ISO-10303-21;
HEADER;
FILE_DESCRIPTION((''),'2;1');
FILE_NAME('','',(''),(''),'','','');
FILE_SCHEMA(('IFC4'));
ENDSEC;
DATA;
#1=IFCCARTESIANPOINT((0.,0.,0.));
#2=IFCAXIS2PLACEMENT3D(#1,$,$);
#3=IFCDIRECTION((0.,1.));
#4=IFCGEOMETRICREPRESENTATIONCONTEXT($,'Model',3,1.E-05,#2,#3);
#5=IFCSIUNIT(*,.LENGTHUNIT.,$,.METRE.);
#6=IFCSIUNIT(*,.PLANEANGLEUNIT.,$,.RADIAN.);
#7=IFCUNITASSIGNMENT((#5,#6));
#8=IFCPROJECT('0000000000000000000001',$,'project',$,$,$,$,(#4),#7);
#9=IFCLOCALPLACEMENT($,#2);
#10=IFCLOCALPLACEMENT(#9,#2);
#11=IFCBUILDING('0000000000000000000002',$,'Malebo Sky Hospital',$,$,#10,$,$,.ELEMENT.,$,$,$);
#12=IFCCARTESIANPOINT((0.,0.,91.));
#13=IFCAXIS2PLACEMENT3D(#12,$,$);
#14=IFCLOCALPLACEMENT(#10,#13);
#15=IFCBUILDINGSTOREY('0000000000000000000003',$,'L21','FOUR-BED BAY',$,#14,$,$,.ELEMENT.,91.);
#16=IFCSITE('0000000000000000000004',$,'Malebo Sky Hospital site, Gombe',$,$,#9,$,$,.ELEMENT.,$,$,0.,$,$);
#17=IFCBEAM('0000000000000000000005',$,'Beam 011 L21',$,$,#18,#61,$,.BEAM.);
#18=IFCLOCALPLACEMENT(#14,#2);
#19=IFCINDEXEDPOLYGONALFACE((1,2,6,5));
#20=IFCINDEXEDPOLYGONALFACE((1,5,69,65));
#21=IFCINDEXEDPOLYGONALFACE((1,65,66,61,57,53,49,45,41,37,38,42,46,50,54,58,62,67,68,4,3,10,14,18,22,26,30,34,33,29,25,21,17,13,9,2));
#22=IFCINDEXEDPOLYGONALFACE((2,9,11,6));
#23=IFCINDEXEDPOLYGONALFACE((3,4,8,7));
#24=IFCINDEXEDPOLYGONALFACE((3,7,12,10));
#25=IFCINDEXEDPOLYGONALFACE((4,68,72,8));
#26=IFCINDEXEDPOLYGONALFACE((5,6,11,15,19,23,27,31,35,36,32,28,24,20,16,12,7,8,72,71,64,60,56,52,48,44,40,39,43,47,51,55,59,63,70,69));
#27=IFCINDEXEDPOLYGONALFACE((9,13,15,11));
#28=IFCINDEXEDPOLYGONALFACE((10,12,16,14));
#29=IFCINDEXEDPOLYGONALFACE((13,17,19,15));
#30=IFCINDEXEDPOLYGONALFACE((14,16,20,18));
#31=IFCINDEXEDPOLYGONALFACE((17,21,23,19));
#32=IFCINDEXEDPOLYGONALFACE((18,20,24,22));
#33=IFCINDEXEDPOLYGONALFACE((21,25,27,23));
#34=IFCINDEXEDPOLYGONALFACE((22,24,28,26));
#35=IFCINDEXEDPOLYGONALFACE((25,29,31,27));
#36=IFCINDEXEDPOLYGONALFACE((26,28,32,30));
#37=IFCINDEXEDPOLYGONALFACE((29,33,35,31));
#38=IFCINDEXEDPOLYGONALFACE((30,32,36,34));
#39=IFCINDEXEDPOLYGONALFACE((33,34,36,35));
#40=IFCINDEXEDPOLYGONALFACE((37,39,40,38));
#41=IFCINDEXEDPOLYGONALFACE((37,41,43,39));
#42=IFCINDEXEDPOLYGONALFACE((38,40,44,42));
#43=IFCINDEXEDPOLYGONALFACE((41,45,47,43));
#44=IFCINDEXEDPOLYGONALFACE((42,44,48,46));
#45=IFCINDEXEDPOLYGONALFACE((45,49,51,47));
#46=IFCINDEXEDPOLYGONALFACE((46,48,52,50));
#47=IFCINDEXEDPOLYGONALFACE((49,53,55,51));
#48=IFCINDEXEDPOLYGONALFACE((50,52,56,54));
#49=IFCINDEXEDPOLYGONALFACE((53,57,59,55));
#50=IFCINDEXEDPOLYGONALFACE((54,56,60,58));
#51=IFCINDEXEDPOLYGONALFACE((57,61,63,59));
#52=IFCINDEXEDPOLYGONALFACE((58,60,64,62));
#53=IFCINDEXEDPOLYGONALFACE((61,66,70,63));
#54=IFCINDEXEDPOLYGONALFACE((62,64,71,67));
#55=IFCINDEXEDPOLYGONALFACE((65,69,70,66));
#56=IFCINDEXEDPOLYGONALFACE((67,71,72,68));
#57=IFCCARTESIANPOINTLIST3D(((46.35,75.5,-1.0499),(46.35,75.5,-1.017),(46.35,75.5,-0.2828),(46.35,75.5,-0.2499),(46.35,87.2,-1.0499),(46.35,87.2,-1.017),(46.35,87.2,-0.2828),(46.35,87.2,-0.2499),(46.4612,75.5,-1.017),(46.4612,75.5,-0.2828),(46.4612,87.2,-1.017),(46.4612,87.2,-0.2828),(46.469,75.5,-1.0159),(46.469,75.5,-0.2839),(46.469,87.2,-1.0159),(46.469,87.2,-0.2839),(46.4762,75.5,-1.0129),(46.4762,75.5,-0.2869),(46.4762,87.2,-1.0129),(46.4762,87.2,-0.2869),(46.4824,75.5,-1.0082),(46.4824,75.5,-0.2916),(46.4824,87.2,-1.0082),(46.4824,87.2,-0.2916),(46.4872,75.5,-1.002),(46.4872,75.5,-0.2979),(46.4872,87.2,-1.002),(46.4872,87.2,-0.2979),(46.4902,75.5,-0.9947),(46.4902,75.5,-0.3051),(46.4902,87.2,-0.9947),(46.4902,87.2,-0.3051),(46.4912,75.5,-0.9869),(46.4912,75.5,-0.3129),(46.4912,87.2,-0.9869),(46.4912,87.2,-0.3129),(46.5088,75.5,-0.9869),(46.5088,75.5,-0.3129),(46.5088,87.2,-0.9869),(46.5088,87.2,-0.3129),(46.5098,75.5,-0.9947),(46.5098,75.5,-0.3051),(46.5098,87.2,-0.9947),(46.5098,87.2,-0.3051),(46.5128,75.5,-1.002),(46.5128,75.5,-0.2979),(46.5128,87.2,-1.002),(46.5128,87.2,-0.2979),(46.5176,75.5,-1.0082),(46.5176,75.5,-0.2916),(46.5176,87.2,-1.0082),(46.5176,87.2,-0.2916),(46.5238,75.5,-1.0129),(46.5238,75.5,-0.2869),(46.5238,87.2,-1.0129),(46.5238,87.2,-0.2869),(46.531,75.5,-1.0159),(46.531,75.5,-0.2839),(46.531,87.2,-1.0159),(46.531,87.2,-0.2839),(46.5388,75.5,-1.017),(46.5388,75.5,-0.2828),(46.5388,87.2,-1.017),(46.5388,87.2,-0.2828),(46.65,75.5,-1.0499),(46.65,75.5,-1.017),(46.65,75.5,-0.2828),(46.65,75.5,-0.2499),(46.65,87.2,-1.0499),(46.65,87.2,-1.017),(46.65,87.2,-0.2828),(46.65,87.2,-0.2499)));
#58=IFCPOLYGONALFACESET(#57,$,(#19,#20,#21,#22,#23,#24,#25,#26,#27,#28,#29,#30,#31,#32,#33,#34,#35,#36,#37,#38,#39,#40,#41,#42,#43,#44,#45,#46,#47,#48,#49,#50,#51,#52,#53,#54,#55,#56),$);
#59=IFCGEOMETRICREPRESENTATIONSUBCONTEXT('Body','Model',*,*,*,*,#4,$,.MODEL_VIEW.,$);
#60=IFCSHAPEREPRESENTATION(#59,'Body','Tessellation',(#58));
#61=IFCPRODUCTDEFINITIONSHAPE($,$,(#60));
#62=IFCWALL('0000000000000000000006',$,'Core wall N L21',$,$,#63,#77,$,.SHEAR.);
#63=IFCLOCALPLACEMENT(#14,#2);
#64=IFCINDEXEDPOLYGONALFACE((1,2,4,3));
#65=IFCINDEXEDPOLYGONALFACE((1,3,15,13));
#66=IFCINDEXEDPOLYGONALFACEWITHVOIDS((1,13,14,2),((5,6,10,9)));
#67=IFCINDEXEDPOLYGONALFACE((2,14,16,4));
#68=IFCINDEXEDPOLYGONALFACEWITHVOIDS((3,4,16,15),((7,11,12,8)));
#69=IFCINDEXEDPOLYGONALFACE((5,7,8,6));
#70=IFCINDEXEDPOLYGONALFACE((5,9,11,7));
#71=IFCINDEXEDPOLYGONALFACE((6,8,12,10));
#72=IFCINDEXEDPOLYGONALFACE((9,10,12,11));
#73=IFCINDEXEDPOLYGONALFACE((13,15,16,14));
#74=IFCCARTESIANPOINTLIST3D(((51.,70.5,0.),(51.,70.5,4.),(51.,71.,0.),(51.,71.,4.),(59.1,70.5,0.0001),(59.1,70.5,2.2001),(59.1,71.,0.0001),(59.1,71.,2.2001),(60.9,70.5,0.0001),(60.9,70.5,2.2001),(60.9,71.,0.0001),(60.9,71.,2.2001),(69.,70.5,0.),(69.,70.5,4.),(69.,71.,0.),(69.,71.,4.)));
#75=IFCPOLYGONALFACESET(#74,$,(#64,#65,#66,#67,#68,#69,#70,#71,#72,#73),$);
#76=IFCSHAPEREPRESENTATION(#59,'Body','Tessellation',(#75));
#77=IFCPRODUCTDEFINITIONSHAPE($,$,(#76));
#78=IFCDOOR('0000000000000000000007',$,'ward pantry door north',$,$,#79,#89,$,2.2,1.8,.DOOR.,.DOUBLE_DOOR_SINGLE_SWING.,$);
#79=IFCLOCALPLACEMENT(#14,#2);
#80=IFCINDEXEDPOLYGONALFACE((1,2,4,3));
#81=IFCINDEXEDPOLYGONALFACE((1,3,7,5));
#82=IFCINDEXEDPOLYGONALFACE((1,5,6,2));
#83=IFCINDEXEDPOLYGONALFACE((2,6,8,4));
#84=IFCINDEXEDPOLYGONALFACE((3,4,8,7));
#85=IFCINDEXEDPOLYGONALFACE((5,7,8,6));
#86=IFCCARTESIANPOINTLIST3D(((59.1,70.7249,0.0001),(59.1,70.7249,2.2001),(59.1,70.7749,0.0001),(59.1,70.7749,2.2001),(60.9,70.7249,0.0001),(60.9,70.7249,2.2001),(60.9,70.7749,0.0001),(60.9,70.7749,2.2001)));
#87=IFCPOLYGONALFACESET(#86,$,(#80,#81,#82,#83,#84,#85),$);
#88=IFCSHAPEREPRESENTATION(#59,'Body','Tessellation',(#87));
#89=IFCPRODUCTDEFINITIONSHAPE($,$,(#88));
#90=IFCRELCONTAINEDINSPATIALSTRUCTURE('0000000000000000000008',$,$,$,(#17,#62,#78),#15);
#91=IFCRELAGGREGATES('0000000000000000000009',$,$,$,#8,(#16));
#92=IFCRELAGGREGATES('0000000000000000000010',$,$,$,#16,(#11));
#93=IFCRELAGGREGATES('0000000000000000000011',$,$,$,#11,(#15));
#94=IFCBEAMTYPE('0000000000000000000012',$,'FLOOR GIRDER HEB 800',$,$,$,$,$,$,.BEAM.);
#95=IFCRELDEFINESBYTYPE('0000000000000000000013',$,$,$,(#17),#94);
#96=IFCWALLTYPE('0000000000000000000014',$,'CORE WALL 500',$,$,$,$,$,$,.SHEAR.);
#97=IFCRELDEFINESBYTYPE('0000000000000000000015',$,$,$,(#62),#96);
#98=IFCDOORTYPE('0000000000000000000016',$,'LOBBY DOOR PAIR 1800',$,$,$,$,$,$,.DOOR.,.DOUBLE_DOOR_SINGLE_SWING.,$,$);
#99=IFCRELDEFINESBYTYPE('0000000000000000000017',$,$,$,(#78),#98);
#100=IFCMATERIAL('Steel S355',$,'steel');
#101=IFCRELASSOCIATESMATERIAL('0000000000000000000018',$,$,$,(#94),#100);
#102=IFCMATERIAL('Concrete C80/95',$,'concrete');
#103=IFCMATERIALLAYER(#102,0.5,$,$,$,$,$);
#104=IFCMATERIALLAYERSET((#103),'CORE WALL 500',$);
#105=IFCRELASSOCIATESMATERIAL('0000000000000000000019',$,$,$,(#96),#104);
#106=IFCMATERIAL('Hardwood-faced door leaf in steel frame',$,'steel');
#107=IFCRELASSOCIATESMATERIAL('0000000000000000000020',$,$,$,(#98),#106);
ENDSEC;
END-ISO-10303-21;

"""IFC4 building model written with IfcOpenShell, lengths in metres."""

from ifc_helpers import new_model, si_unit, direction, frame, frame_2d, origin, origin_2d, place, context, subcontext, project, spatial, rectangle, i_section, extrude, material, layer, layer_set, material_profile, profile_set, type_object, element, fill, save


model = new_model("IFC4")

# Units and contexts
model_context = context("Model", 3, precision=1e-05, world=origin(), true_north=direction((0.0, 1.0)))
body_context = subcontext(model_context, "Body", "Model", "MODEL_VIEW")
ifc_project = project(units=[si_unit("LENGTHUNIT", "METRE"), si_unit("PLANEANGLEUNIT", "RADIAN")], contexts=[model_context])

# Site, building, storey
site_placement = place(None, origin())
site = spatial("IfcSite", under=ifc_project, at=site_placement, Name="Malebo Sky Hospital site, Gombe", CompositionType="ELEMENT", RefElevation=0.0)
building_placement = place(site_placement, origin())
building = spatial("IfcBuilding", under=site, at=building_placement, Name="Malebo Sky Hospital", CompositionType="ELEMENT")
storey_placement = place(building_placement, frame((0.0, 0.0, 91.0)))
storey = spatial("IfcBuildingStorey", under=building, at=storey_placement, Name="L21", Description="FOUR-BED BAY", CompositionType="ELEMENT", Elevation=91.0)

# Beam
ifc_material_1 = material(Name="Steel S355", Category="steel")
ifc_material_profile_1 = material_profile(ifc_material_1, i_section(OverallWidth=0.3, OverallDepth=0.8, WebThickness=0.0176, FlangeThickness=0.033, FilletRadius=0.03, at=origin_2d()), Name="HEB 800")
ifc_profile_set_1 = profile_set([ifc_material_profile_1], Name="Steel S355")
beam_type_1 = type_object("IfcBeamType", Name="FLOOR GIRDER HEB 800", PredefinedType="BEAM", material=ifc_profile_set_1)
beam_1_placement = place(storey_placement, frame((46.5, 75.5, -0.6499), z_axis=(0.0, 1.0, 0.0), x_axis=(-1.0, 0.0, 0.0)))
element("IfcBeam", 1, at=beam_1_placement, inside=storey, type_object=beam_type_1, Name="Beam 011 L21", PredefinedType="BEAM", context=body_context, shape_type="SweptSolid", body=[
    extrude(i_section(OverallWidth=0.3, OverallDepth=0.8, WebThickness=0.0176, FlangeThickness=0.033, FilletRadius=0.03, at=origin_2d()), origin(), (0.0, 0.0, 1.0), 11.7),
])

# Wall, opening, door
ifc_material_2 = material(Name="Concrete C80/95", Category="concrete")
ifc_layer_1 = layer(ifc_material_2, 0.5)
ifc_layer_set_1 = layer_set([ifc_layer_1], Name="CORE WALL 500")
wall_type_1 = type_object("IfcWallType", Name="CORE WALL 500", PredefinedType="SHEAR", material=ifc_layer_set_1)
wall_1_placement = place(storey_placement, frame((51.0, 70.75, 0.0), z_axis=(0.0, 0.0, 1.0), x_axis=(1.0, 0.0, 0.0)))
wall_1 = element("IfcWall", 2, at=wall_1_placement, inside=storey, type_object=wall_type_1, Name="Core wall N L21", PredefinedType="SHEAR", context=body_context, shape_type="SweptSolid", body=[
    extrude(rectangle(XDim=18.0, YDim=0.5, at=frame_2d((9.0, 0.0))), origin(), (0.0, 0.0, 1.0), 4.0),
])
opening_1_placement = place(wall_1_placement, frame((8.1001, 0.0, 0.0)))
opening_1 = element("IfcOpeningElement", 3, at=opening_1_placement, cuts=wall_1, PredefinedType="OPENING", context=body_context, shape_type="SweptSolid", body=[
    extrude(rectangle(XDim=1.8, YDim=2.2, at=frame_2d((0.8999, 1.1001))), frame((0.0, 0.26, 0.0), z_axis=(0.0, -1.0, 0.0), x_axis=(1.0, 0.0, 0.0)), (0.0, 0.0, 1.0), 0.52),
])
ifc_material_3 = material(Name="Hardwood-faced door leaf in steel frame", Category="steel")
door_type_1 = type_object("IfcDoorType", Name="LOBBY DOOR PAIR 1800", OperationType="DOUBLE_DOOR_SINGLE_SWING", PredefinedType="DOOR", material=ifc_material_3)
door_1_placement = place(opening_1_placement, origin())
door_1 = element("IfcDoor", 4, at=door_1_placement, inside=storey, type_object=door_type_1, Name="ward pantry door north", OperationType="DOUBLE_DOOR_SINGLE_SWING", OverallHeight=2.2, OverallWidth=1.8, PredefinedType="DOOR", context=body_context, shape_type="SweptSolid", body=[
    extrude(rectangle(XDim=1.8, YDim=2.2, at=frame_2d((0.8999, 1.1001))), frame((0.0, 0.0249, 0.0), z_axis=(0.0, -1.0, 0.0), x_axis=(1.0, 0.0, 0.0)), (0.0, 0.0, 1.0), 0.05),
])
fill(opening_1, door_1)

save(model, "model.ifc")
